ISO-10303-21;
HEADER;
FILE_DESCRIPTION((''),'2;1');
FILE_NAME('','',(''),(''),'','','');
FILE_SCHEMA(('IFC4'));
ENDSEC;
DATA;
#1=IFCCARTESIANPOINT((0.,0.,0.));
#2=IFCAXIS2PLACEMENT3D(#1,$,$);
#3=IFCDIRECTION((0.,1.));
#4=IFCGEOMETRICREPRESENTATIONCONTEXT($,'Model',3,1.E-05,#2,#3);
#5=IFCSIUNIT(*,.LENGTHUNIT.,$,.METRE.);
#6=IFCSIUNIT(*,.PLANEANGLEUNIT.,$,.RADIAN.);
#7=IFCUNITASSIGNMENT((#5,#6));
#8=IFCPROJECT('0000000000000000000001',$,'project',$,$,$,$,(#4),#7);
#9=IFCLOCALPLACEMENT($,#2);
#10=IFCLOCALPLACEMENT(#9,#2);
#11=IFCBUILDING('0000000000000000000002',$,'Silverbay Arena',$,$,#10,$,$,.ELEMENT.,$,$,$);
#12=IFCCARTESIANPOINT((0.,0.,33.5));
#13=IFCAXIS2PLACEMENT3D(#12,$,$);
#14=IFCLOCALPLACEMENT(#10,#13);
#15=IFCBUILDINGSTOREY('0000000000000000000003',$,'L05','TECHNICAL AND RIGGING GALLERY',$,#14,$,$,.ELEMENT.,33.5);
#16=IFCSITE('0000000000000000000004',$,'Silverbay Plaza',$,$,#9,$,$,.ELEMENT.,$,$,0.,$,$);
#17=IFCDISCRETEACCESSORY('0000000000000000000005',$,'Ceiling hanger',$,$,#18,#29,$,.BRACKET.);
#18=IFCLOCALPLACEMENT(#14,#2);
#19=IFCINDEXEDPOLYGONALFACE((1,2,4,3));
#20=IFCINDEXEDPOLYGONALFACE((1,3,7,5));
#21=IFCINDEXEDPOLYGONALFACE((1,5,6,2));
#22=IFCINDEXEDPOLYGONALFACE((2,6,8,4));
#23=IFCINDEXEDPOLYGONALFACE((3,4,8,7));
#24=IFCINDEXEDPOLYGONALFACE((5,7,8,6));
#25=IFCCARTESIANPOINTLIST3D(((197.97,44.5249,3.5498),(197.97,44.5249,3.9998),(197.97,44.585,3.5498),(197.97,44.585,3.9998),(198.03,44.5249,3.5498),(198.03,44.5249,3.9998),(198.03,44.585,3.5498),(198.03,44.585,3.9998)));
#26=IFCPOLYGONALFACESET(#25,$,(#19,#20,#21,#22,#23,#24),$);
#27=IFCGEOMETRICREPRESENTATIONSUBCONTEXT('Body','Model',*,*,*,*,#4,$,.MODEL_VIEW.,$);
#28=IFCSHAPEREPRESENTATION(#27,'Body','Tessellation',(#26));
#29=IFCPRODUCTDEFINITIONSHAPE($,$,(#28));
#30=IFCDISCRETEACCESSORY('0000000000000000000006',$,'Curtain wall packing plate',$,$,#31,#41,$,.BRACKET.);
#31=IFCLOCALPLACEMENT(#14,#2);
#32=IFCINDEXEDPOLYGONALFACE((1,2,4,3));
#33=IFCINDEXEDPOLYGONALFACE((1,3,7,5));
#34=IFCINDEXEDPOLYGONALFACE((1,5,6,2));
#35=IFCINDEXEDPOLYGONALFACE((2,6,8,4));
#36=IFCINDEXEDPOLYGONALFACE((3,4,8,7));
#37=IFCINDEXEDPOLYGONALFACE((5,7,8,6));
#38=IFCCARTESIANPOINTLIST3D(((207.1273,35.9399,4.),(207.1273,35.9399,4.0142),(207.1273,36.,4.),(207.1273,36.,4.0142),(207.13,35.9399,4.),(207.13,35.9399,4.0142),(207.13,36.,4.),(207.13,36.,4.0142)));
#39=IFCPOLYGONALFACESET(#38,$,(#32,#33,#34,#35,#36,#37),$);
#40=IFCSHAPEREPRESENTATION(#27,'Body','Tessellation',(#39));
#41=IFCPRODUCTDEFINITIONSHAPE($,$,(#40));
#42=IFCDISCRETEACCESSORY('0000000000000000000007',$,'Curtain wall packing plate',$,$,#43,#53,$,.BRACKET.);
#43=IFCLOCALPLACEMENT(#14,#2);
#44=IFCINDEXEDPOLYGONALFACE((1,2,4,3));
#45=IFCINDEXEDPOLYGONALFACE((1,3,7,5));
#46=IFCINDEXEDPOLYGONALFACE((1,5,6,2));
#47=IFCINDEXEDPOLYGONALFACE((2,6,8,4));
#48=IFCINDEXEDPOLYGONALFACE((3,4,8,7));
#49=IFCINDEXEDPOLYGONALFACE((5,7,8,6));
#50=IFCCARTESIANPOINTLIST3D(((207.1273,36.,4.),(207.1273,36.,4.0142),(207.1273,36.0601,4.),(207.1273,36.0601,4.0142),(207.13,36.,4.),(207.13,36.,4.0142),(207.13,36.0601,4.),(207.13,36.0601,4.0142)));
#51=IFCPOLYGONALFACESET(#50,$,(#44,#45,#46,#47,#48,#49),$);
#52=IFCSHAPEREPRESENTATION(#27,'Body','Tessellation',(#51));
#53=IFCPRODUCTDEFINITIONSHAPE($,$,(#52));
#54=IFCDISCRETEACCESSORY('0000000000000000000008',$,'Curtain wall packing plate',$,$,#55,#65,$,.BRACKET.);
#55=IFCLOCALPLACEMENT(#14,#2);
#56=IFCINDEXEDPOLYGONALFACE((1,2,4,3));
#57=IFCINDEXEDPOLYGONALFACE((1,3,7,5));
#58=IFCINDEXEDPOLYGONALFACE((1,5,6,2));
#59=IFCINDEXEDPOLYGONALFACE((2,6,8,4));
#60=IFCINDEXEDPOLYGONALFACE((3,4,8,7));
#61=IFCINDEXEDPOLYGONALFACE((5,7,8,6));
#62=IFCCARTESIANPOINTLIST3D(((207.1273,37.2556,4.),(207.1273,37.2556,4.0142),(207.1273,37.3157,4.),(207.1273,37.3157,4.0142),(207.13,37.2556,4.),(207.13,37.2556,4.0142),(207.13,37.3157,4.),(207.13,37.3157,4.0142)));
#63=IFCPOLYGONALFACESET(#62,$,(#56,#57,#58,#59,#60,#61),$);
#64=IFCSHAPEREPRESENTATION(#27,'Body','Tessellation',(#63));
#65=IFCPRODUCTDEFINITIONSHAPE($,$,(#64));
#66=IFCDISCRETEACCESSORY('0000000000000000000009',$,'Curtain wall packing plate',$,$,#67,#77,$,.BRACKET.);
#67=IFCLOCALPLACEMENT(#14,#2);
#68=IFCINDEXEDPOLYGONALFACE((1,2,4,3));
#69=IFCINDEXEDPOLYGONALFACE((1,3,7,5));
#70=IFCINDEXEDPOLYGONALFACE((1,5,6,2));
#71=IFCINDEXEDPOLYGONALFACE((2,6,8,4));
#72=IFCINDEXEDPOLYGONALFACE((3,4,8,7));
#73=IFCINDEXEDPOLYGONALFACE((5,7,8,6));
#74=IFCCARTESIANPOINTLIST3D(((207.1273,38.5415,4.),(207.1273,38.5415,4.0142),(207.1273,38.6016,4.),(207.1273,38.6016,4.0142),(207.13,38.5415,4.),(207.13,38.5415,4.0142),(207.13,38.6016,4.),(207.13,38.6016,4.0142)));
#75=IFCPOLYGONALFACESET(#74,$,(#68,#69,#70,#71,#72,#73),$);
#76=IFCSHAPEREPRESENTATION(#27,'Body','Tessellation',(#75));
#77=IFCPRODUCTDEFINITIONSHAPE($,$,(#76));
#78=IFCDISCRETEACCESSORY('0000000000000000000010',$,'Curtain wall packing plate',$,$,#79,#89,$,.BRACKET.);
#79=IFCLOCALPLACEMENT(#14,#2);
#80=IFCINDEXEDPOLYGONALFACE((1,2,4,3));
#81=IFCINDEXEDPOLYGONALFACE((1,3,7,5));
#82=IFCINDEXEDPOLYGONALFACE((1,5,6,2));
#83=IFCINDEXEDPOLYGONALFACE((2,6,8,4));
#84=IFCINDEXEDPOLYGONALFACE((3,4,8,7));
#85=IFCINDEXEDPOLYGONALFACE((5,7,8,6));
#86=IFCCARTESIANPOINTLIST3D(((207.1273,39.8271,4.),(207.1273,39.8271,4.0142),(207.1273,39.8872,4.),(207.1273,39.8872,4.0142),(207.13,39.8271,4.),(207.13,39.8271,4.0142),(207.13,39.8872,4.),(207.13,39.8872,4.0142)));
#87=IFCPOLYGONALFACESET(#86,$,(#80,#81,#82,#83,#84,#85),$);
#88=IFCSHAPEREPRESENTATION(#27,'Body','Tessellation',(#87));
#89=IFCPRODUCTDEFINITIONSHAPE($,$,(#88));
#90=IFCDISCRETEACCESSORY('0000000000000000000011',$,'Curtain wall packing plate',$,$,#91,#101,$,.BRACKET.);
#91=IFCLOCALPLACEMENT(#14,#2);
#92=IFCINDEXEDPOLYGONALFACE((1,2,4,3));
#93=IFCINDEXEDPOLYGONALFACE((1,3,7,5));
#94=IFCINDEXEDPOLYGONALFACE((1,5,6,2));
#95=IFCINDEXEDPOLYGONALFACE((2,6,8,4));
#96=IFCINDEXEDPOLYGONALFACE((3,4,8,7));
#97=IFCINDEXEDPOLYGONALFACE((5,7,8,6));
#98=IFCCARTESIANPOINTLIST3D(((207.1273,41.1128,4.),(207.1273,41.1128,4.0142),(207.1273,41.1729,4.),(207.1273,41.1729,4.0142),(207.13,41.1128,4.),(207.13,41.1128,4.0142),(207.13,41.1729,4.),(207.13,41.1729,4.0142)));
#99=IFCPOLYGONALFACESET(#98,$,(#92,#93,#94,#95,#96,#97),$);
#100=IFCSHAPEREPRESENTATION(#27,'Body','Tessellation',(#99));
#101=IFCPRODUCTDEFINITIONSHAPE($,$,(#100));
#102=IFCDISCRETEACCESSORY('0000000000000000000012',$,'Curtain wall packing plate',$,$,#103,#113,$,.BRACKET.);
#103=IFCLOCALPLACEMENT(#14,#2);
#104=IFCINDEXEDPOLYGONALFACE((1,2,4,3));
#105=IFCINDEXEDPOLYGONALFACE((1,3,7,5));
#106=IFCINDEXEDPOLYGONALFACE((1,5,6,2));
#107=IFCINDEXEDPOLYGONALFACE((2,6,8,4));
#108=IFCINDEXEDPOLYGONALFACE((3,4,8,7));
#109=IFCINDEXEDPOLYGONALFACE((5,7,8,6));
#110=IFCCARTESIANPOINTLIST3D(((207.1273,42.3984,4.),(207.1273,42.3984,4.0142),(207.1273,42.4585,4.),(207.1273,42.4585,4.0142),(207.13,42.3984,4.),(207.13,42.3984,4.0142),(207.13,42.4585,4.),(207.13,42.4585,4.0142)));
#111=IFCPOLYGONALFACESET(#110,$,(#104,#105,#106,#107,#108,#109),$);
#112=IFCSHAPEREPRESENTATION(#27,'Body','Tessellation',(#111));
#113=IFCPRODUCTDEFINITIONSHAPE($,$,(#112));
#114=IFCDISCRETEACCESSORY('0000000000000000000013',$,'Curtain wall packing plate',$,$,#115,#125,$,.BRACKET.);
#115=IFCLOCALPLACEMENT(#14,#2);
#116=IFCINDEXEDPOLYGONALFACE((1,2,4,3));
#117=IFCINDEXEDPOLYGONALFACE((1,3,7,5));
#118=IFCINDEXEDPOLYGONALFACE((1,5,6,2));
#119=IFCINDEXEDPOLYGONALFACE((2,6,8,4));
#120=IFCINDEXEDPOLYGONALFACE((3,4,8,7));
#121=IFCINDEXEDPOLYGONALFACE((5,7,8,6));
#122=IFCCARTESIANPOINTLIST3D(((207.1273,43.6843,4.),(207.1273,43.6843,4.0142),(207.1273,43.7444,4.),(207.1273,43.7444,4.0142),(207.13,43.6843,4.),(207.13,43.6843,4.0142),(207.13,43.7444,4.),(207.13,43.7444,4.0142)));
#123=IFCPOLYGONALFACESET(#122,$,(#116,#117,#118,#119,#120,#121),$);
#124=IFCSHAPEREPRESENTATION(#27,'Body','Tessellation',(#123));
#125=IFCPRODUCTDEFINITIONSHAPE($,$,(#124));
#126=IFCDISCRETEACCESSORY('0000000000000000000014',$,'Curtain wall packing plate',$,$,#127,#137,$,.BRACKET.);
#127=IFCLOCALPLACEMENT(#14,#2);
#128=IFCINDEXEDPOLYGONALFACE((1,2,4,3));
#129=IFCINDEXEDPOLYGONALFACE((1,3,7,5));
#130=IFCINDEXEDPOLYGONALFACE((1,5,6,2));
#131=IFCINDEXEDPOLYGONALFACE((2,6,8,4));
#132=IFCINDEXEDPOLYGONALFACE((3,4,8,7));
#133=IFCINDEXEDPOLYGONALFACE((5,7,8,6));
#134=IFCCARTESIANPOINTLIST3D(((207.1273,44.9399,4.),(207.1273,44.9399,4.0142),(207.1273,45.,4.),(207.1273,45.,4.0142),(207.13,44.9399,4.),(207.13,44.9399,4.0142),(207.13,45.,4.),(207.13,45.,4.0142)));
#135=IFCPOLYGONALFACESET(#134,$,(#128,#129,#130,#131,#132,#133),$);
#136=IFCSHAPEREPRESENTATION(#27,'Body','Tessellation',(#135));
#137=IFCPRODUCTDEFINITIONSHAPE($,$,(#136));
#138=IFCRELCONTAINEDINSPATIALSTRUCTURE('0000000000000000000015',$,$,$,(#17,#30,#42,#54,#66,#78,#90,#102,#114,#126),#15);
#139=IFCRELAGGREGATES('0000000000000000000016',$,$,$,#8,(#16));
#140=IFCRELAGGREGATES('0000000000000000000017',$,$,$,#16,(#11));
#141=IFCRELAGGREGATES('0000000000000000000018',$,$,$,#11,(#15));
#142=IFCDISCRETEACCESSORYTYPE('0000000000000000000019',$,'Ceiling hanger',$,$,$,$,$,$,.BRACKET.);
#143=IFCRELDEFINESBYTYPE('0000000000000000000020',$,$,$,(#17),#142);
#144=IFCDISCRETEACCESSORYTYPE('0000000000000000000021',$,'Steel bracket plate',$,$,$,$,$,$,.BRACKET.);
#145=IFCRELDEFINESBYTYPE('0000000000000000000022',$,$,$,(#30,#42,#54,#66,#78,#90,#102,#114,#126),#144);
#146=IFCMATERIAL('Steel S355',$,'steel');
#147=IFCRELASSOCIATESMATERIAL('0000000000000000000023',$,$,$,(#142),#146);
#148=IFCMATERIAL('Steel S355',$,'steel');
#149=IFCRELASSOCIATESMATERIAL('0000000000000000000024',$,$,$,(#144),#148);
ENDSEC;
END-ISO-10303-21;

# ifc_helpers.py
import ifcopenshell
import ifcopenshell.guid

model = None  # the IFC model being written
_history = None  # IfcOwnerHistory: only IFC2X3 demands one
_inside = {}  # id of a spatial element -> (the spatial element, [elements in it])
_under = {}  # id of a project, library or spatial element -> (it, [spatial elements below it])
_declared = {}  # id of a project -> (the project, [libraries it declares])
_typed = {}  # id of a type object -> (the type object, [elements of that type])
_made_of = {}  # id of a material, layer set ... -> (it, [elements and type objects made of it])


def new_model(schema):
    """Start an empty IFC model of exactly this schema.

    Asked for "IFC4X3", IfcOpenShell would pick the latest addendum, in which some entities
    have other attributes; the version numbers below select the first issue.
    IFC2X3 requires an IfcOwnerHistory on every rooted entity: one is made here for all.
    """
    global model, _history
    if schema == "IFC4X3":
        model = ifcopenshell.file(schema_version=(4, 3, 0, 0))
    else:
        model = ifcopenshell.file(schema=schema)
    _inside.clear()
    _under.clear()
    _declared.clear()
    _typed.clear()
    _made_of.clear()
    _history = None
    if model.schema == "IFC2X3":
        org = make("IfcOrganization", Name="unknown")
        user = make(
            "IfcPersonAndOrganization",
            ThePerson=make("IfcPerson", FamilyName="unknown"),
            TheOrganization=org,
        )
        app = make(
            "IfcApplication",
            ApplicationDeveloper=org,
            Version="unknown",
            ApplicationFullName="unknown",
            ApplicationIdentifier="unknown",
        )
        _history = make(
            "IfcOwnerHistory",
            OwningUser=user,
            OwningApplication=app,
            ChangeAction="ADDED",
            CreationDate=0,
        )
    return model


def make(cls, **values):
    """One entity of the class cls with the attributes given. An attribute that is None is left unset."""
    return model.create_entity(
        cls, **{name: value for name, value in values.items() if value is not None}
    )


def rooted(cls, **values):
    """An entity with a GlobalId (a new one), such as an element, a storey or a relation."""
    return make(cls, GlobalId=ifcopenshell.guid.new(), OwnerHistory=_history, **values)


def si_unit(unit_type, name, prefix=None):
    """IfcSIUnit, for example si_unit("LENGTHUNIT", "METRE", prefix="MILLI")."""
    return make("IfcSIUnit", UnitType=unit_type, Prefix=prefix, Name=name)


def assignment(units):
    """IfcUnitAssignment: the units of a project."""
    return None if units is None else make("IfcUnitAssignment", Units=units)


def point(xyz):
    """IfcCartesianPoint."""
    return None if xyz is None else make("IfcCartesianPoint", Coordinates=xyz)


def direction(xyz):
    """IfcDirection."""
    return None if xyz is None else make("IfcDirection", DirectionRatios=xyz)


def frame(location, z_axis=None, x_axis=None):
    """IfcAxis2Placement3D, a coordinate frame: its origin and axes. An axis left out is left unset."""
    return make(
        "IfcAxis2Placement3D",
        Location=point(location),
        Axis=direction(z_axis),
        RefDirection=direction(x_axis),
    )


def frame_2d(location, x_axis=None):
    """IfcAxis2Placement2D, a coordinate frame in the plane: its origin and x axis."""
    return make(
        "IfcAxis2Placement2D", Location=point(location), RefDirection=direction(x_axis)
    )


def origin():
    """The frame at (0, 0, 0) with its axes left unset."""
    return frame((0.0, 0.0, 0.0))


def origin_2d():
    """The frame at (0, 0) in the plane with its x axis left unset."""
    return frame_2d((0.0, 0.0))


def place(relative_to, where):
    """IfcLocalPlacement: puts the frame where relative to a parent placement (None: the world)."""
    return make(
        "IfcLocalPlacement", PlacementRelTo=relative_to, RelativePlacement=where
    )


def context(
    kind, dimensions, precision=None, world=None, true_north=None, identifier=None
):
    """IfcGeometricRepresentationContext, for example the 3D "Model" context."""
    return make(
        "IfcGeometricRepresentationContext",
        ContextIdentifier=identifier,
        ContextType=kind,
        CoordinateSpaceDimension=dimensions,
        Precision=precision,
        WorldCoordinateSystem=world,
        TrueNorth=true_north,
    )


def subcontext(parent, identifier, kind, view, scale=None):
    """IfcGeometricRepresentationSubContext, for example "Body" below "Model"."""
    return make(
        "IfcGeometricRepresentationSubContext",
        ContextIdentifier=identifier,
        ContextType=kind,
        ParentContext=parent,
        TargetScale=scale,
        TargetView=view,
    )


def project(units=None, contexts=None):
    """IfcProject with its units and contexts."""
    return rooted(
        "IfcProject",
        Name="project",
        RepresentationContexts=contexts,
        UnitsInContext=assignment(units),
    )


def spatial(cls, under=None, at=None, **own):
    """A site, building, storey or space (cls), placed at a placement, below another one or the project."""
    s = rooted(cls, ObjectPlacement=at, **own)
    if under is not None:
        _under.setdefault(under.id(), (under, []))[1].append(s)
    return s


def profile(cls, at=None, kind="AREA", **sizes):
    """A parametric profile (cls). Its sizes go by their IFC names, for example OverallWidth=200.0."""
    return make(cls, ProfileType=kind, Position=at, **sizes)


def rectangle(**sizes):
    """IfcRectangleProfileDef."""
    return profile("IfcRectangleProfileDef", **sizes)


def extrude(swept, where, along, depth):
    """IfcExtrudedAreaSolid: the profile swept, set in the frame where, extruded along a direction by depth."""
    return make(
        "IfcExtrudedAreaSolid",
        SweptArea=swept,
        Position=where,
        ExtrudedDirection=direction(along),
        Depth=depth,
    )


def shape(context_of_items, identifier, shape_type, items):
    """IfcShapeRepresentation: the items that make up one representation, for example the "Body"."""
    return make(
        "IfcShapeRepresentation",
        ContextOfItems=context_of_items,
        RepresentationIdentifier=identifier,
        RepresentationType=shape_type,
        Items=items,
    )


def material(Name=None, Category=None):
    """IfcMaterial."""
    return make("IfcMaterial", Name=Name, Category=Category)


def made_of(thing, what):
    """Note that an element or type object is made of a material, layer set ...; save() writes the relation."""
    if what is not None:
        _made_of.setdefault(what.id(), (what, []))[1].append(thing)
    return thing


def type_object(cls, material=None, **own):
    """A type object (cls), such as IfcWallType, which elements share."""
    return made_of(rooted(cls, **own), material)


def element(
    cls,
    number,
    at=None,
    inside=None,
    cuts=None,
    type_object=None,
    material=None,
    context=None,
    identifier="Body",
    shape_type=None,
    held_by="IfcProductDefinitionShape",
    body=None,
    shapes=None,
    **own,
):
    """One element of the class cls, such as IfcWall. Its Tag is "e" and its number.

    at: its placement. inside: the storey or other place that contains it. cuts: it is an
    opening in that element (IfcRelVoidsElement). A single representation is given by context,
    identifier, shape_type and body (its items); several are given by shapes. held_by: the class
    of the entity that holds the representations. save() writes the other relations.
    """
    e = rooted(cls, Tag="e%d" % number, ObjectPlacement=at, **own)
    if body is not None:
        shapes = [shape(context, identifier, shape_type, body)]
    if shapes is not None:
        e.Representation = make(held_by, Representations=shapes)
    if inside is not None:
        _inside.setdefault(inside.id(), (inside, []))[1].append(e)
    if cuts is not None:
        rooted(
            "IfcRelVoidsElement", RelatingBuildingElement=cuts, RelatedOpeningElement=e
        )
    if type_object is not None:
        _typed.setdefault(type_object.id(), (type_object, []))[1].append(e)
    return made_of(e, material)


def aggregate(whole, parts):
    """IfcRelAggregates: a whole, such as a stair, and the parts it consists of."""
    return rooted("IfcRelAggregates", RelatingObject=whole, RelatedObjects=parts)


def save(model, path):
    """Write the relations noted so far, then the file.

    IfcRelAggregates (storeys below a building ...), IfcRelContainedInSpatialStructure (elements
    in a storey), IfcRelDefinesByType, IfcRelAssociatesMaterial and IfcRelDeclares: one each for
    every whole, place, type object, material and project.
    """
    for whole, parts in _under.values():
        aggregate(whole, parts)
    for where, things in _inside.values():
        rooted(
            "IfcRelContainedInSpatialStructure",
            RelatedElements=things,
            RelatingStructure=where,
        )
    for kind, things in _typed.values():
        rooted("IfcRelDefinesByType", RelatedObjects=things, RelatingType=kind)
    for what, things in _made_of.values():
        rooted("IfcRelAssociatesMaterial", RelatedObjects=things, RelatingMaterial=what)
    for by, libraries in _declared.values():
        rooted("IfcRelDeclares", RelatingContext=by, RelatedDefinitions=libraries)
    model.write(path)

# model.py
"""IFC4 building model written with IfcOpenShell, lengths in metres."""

from ifc_helpers import new_model, si_unit, direction, frame, origin, origin_2d, place, context, subcontext, project, spatial, rectangle, extrude, material, type_object, element, save


model = new_model("IFC4")

# Units and contexts
model_context = context("Model", 3, precision=1e-05, world=origin(), true_north=direction((0.0, 1.0)))
body_context = subcontext(model_context, "Body", "Model", "MODEL_VIEW")
ifc_project = project(units=[si_unit("LENGTHUNIT", "METRE"), si_unit("PLANEANGLEUNIT", "RADIAN")], contexts=[model_context])

# Site, building, storey
site_placement = place(None, origin())
site = spatial("IfcSite", under=ifc_project, at=site_placement, Name="Silverbay Plaza", CompositionType="ELEMENT", RefElevation=0.0)
building_placement = place(site_placement, origin())
building = spatial("IfcBuilding", under=site, at=building_placement, Name="Silverbay Arena", CompositionType="ELEMENT")
storey_placement = place(building_placement, frame((0.0, 0.0, 33.5)))
storey = spatial("IfcBuildingStorey", under=building, at=storey_placement, Name="L05", Description="TECHNICAL AND RIGGING GALLERY", CompositionType="ELEMENT", Elevation=33.5)

# Discrete accessories
ifc_material_1 = material(Name="Steel S355", Category="steel")
discrete_accessory_type_1 = type_object("IfcDiscreteAccessoryType", Name="Ceiling hanger", PredefinedType="BRACKET", material=ifc_material_1)
for number, where, z_axis, x_axis, name in (
    (1, (198.0, 44.5549, 3.5498), (0.0, 0.0, 1.0), (1.0, 0.0, 0.0), "Ceiling hanger"),
):
    element("IfcDiscreteAccessory", number, at=place(storey_placement, frame(where, z_axis=z_axis, x_axis=x_axis)), inside=storey, type_object=discrete_accessory_type_1, Name=name, PredefinedType="BRACKET", context=body_context, shape_type="SweptSolid", body=[
        extrude(rectangle(XDim=0.0601, YDim=0.0601, at=origin_2d()), origin(), (0.0, 0.0, 1.0), 0.45),
    ])
ifc_material_2 = material(Name="Steel S355", Category="steel")
discrete_accessory_type_2 = type_object("IfcDiscreteAccessoryType", Name="Steel bracket plate", PredefinedType="BRACKET", material=ifc_material_2)
for number, where, z_axis, x_axis, name in (
    (2, (207.1287, 35.97, 4.0), (0.0, 0.0, 1.0), (1.0, 0.0, 0.0), "Curtain wall packing plate"),
    (3, (207.1287, 36.03, 4.0), (0.0, 0.0, 1.0), (1.0, 0.0, 0.0), "Curtain wall packing plate"),
    (4, (207.1287, 37.2856, 4.0), (0.0, 0.0, 1.0), (1.0, 0.0, 0.0), "Curtain wall packing plate"),
    (5, (207.1287, 38.5715, 4.0), (0.0, 0.0, 1.0), (1.0, 0.0, 0.0), "Curtain wall packing plate"),
    (6, (207.1287, 39.8572, 4.0), (0.0, 0.0, 1.0), (1.0, 0.0, 0.0), "Curtain wall packing plate"),
    (7, (207.1287, 41.1428, 4.0), (0.0, 0.0, 1.0), (1.0, 0.0, 0.0), "Curtain wall packing plate"),
    (8, (207.1287, 42.4285, 4.0), (0.0, 0.0, 1.0), (1.0, 0.0, 0.0), "Curtain wall packing plate"),
    (9, (207.1287, 43.7144, 4.0), (0.0, 0.0, 1.0), (1.0, 0.0, 0.0), "Curtain wall packing plate"),
    (10, (207.1287, 44.97, 4.0), (0.0, 0.0, 1.0), (1.0, 0.0, 0.0), "Curtain wall packing plate"),
):
    element("IfcDiscreteAccessory", number, at=place(storey_placement, frame(where, z_axis=z_axis, x_axis=x_axis)), inside=storey, type_object=discrete_accessory_type_2, Name=name, PredefinedType="BRACKET", context=body_context, shape_type="SweptSolid", body=[
        extrude(rectangle(XDim=0.0027, YDim=0.0601, at=origin_2d()), origin(), (0.0, 0.0, 1.0), 0.0142),
    ])

save(model, "model.ifc")
